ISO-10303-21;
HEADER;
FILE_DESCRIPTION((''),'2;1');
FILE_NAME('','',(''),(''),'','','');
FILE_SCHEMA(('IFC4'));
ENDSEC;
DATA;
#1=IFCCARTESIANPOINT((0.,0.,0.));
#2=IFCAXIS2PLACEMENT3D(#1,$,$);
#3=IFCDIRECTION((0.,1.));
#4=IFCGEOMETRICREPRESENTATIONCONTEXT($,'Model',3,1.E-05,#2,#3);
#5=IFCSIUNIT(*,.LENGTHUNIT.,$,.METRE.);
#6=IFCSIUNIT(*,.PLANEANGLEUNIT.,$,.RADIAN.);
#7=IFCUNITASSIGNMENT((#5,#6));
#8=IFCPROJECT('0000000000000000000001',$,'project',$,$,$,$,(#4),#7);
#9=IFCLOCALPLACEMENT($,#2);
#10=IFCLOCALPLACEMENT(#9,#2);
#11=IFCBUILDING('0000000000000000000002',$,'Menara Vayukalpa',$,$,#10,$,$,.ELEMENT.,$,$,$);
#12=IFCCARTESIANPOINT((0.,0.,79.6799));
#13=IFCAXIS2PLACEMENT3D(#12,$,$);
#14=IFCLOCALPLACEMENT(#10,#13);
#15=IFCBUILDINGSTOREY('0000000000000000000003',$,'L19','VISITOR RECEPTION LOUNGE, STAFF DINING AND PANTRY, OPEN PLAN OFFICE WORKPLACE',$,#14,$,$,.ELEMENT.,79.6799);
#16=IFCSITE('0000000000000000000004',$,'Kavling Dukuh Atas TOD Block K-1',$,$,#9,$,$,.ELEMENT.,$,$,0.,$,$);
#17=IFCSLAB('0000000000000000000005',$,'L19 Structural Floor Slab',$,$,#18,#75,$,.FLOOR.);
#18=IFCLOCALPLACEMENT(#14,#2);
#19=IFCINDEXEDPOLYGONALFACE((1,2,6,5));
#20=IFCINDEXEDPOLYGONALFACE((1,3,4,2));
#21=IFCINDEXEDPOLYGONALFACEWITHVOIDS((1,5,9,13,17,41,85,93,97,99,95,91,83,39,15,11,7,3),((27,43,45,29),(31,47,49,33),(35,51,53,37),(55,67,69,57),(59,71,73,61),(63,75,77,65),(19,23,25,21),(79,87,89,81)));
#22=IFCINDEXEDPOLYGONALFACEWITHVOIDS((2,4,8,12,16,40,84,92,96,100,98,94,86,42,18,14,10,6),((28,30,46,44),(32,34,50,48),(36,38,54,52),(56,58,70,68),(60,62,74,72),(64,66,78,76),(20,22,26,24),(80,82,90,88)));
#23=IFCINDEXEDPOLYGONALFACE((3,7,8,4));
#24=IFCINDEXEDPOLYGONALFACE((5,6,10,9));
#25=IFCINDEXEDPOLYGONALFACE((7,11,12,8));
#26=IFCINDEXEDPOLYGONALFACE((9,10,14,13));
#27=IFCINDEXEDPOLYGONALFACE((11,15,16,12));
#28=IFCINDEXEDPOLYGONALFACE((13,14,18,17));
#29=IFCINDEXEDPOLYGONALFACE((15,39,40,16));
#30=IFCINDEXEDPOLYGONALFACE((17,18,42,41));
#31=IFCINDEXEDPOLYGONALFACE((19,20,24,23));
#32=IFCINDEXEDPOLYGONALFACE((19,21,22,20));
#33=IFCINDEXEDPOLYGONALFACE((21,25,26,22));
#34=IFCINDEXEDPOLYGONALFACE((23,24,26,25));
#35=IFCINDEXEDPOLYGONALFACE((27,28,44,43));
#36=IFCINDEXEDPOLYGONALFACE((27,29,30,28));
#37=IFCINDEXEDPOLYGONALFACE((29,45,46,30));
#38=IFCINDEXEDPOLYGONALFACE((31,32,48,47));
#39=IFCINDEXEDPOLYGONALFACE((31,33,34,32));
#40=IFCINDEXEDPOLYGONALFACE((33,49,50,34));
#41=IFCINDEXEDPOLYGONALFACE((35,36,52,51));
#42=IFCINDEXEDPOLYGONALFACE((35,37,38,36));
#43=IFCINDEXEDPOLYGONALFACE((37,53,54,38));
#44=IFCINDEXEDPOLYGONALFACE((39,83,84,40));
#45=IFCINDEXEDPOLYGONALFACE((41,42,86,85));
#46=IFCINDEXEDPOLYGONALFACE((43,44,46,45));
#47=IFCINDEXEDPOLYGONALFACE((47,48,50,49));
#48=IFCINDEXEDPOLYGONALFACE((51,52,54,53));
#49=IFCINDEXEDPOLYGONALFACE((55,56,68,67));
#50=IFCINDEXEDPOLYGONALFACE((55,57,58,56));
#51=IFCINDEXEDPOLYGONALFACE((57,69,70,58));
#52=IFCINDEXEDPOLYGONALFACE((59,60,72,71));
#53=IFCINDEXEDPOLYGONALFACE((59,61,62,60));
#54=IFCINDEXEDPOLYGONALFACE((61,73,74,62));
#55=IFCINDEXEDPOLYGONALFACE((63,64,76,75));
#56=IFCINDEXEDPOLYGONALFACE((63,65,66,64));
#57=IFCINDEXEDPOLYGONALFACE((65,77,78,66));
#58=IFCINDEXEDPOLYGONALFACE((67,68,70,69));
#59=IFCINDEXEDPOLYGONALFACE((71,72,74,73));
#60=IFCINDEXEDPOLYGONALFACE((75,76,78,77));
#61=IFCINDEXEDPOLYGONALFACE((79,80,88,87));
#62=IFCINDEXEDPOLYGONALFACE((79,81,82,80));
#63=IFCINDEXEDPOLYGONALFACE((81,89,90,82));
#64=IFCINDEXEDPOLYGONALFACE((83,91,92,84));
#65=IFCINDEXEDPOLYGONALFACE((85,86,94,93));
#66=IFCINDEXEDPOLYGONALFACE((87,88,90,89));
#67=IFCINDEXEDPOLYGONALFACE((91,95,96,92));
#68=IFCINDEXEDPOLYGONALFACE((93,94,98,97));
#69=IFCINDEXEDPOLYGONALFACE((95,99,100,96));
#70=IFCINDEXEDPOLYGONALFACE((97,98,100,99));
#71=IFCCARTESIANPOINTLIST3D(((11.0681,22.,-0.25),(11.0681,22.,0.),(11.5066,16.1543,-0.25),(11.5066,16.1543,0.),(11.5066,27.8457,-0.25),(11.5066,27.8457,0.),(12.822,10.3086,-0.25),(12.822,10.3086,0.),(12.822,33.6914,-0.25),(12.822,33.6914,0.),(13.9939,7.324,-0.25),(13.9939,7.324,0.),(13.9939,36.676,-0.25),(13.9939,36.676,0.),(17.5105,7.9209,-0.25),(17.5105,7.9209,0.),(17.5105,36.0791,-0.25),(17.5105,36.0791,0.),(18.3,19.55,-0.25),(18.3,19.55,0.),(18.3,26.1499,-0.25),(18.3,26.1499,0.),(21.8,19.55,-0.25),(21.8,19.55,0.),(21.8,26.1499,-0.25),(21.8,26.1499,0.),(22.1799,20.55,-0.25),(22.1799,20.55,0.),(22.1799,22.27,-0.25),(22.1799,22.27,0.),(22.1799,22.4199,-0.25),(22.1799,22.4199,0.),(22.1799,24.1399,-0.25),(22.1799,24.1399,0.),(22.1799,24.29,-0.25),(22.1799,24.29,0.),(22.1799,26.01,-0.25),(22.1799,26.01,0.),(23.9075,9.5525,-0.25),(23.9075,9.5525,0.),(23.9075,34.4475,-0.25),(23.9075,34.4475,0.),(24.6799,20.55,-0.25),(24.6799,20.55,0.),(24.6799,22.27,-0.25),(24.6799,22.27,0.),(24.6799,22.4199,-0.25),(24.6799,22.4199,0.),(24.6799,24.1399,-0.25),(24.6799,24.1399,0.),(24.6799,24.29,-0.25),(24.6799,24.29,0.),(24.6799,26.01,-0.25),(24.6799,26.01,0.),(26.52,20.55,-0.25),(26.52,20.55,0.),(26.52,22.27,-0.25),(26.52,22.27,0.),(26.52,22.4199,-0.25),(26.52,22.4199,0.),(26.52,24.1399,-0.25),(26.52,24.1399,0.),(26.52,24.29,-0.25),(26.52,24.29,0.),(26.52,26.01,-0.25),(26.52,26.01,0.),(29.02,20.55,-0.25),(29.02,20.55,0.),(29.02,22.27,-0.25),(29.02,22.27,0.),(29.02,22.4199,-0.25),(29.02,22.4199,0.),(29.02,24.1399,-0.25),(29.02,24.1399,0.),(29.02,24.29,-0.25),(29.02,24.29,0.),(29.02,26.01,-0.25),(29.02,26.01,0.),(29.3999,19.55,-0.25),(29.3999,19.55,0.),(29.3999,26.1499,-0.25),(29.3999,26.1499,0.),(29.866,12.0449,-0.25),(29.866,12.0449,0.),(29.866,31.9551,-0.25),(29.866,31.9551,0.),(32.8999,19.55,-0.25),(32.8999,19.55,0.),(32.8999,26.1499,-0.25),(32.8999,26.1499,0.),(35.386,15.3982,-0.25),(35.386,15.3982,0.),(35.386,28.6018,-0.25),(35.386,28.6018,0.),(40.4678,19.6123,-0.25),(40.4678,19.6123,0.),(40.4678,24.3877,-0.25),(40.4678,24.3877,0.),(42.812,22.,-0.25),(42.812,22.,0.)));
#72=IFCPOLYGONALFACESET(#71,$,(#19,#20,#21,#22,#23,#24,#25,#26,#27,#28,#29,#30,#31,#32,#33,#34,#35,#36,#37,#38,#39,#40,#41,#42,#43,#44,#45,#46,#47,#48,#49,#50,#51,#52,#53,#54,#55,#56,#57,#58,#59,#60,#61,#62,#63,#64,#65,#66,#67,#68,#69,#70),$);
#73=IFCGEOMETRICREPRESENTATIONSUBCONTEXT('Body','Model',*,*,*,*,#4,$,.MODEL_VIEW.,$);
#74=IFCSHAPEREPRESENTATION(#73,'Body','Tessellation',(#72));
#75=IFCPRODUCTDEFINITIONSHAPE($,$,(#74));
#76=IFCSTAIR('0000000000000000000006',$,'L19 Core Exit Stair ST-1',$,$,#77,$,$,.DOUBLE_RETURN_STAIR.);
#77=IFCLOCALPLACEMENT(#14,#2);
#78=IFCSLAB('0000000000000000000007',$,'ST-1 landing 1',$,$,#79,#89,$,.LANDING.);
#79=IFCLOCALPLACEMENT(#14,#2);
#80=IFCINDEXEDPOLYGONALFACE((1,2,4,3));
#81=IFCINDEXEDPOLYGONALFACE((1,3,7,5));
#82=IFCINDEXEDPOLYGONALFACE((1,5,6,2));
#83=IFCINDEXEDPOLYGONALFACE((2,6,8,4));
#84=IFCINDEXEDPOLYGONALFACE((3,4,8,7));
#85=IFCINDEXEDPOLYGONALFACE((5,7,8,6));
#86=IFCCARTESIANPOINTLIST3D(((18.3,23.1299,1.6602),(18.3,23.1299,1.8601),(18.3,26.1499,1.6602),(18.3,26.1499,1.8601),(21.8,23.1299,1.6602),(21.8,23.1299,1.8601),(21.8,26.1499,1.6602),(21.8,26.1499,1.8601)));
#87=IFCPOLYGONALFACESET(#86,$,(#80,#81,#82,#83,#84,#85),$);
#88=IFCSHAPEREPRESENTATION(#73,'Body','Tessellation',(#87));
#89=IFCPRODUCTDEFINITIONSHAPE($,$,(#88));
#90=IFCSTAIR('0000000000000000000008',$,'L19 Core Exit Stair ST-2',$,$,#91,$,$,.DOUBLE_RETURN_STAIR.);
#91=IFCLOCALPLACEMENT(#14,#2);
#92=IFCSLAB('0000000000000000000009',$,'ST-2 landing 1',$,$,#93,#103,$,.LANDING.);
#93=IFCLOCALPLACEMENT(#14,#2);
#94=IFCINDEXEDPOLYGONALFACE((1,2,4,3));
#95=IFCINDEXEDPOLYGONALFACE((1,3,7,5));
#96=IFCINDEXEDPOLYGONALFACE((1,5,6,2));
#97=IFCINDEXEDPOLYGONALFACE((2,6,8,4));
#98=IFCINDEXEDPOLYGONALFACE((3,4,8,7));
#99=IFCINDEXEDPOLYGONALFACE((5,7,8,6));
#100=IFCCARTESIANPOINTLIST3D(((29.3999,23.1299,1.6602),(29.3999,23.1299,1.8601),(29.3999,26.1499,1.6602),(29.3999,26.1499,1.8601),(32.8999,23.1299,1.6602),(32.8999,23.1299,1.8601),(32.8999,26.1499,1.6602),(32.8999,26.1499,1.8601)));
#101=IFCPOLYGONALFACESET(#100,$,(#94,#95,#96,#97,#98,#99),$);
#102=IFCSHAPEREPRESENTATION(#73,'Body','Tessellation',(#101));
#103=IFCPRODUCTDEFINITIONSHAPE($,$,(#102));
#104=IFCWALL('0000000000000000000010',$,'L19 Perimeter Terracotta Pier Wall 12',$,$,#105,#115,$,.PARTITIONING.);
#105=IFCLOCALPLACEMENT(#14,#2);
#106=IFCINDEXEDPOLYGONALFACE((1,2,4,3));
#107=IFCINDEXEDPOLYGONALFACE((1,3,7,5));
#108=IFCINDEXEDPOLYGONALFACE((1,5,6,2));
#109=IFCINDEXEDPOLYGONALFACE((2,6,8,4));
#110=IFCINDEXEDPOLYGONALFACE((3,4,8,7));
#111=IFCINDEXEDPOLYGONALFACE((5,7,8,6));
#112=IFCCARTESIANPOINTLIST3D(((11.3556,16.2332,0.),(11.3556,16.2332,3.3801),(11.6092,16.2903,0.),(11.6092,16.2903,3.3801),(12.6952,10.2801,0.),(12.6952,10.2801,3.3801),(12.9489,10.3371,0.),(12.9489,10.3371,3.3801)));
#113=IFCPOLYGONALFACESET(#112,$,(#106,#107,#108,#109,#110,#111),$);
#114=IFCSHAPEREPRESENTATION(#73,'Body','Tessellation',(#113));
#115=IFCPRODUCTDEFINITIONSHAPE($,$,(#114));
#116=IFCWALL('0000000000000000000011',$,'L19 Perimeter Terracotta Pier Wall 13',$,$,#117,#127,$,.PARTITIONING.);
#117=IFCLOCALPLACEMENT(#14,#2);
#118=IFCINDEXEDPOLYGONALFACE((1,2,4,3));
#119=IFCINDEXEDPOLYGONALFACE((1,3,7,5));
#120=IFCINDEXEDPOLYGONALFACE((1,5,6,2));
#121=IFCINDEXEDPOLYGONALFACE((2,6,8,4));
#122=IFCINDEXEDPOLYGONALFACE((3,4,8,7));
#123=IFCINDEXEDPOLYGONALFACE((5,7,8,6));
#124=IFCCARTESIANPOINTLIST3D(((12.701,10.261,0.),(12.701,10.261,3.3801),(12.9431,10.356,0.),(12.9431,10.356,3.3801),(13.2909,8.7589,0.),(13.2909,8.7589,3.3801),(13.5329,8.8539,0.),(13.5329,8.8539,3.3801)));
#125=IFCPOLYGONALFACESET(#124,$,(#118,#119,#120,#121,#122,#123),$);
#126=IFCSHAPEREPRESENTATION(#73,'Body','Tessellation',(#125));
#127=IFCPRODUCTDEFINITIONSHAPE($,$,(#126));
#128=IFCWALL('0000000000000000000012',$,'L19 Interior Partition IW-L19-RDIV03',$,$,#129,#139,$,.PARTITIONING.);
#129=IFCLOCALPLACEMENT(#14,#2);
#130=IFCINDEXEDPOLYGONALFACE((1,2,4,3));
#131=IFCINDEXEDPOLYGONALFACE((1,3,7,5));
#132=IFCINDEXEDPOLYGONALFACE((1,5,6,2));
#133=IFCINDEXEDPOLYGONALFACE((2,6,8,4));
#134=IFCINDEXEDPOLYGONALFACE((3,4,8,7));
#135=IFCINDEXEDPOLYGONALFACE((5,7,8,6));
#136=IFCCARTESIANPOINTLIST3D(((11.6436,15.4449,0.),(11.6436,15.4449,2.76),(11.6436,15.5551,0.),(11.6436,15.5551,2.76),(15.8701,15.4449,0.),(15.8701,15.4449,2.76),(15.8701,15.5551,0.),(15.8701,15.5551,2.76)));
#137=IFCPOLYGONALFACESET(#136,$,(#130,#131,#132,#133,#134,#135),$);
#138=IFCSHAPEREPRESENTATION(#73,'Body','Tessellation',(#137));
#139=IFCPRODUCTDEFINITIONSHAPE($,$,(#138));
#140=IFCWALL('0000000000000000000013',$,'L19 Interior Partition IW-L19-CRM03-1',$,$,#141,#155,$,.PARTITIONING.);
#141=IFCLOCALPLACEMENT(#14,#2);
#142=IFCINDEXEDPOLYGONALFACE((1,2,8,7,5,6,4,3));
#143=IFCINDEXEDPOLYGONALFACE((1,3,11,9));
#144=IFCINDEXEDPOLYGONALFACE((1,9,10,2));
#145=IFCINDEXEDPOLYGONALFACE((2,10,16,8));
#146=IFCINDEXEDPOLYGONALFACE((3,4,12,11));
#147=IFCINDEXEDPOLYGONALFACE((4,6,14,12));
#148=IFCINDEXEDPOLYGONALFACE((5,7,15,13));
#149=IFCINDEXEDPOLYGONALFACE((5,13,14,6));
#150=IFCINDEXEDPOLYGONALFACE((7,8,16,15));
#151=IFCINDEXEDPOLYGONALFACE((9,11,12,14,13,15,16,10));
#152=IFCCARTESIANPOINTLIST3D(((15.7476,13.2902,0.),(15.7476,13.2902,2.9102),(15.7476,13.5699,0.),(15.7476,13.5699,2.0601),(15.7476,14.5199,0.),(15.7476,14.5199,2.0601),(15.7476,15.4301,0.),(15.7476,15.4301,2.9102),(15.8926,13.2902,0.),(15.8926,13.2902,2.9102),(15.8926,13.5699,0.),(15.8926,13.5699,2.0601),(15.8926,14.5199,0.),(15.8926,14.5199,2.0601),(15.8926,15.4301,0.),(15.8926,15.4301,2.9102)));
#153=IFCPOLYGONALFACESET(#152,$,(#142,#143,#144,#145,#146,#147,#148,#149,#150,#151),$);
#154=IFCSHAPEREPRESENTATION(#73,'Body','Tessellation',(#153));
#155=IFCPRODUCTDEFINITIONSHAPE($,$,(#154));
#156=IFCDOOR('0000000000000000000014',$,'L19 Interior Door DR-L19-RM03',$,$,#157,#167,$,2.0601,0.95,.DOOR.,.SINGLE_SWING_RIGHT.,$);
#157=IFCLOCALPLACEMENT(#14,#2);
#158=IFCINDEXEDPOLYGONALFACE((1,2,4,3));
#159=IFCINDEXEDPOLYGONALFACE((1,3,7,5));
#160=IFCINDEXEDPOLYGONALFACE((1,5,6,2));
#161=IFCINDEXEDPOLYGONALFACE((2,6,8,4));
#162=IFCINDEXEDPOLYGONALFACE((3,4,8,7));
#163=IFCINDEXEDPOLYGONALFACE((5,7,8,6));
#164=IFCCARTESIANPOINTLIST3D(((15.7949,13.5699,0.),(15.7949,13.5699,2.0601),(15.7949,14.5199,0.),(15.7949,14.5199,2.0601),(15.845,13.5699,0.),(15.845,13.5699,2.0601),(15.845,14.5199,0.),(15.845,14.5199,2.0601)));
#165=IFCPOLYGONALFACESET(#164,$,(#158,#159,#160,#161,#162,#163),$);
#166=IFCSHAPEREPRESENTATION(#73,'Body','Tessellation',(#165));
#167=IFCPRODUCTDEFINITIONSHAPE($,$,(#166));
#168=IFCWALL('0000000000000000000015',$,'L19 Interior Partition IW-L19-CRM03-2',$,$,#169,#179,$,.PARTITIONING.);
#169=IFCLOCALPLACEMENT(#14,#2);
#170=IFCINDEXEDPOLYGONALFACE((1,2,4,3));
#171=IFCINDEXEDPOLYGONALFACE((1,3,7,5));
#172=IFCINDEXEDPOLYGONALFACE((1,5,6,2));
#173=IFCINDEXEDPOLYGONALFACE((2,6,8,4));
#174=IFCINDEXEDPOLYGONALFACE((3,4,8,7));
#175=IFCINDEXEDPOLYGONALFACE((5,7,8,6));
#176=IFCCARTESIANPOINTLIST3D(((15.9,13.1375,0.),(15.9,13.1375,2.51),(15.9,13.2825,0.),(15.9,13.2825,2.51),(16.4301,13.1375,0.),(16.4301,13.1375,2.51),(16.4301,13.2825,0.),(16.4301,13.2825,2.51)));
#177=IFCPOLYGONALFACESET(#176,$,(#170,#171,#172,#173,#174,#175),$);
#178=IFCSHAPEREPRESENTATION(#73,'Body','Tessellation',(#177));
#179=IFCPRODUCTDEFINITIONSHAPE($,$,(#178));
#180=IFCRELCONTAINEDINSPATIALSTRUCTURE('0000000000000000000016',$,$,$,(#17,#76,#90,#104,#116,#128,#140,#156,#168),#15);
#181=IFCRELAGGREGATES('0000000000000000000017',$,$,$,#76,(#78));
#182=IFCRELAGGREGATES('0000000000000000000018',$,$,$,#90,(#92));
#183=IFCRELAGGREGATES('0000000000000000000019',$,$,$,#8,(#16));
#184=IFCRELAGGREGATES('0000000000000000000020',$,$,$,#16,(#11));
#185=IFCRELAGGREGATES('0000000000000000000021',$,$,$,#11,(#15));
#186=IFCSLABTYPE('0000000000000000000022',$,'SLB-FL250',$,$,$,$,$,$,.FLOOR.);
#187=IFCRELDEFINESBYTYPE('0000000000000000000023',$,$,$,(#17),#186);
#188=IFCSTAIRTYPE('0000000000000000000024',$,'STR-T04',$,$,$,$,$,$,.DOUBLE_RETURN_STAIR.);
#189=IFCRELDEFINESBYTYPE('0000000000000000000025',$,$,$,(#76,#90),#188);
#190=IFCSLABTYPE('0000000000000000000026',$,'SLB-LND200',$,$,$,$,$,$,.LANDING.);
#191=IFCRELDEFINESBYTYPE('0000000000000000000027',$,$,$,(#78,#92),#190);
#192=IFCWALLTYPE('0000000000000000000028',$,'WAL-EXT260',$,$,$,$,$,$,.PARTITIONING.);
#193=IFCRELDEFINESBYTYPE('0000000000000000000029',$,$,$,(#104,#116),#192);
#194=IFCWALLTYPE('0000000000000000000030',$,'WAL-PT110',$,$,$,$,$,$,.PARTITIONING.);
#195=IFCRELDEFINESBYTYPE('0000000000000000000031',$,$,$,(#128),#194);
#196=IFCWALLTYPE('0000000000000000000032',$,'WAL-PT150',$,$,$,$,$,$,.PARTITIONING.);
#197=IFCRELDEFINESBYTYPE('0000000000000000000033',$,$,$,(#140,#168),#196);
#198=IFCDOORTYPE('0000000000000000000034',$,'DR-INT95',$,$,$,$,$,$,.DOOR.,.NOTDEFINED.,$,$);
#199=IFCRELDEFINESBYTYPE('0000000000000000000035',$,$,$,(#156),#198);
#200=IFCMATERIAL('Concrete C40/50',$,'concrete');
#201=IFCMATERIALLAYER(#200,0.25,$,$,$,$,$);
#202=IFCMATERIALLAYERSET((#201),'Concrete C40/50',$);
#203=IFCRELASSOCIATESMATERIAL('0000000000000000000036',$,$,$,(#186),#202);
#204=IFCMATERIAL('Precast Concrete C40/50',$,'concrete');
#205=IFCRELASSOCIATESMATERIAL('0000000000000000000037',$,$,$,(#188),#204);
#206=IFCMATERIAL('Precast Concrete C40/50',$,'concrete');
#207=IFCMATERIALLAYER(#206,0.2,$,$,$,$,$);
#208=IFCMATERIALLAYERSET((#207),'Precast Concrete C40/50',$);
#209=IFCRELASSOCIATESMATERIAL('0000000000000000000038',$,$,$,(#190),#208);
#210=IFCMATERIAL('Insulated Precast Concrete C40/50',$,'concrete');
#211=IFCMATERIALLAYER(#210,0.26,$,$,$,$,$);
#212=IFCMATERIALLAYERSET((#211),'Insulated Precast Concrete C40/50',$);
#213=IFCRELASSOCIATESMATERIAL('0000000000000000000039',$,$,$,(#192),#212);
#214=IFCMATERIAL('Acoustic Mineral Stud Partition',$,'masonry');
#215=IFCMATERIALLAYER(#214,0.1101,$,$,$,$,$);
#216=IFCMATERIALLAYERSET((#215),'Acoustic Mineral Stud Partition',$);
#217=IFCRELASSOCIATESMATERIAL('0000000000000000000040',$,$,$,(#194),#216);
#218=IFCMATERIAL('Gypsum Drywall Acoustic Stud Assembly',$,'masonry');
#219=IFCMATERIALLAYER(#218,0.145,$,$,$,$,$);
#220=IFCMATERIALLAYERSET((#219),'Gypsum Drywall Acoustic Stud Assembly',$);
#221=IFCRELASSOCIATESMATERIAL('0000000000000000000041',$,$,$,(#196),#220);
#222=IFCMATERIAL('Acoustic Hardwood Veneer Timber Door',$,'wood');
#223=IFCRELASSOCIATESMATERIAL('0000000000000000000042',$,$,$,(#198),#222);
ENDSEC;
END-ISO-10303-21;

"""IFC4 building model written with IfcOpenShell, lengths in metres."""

from ifc_helpers import new_model, si_unit, direction, frame, frame_2d, origin, place, context, subcontext, project, spatial, polyline, rectangle, outline, extrude, material, layer, layer_set, type_object, element, fill, aggregate, save


model = new_model("IFC4")

# Units and contexts
model_context = context("Model", 3, precision=1e-05, world=origin(), true_north=direction((0.0, 1.0)))
body_context = subcontext(model_context, "Body", "Model", "MODEL_VIEW")
ifc_project = project(units=[si_unit("LENGTHUNIT", "METRE"), si_unit("PLANEANGLEUNIT", "RADIAN")], contexts=[model_context])

# Site, building, storey
site_placement = place(None, origin())
site = spatial("IfcSite", under=ifc_project, at=site_placement, Name="Kavling Dukuh Atas TOD Block K-1", CompositionType="ELEMENT", RefElevation=0.0)
building_placement = place(site_placement, origin())
building = spatial("IfcBuilding", under=site, at=building_placement, Name="Menara Vayukalpa", CompositionType="ELEMENT")
storey_placement = place(building_placement, frame((0.0, 0.0, 79.6799)))
storey = spatial("IfcBuildingStorey", under=building, at=storey_placement, Name="L19", Description="VISITOR RECEPTION LOUNGE, STAFF DINING AND PANTRY, OPEN PLAN OFFICE WORKPLACE", CompositionType="ELEMENT", Elevation=79.6799)

# Slab
ifc_material_1 = material(Name="Concrete C40/50", Category="concrete")
ifc_layer_1 = layer(ifc_material_1, 0.25)
ifc_layer_set_1 = layer_set([ifc_layer_1], Name="Concrete C40/50")
slab_type_1 = type_object("IfcSlabType", Name="SLB-FL250", PredefinedType="FLOOR", material=ifc_layer_set_1)
slab_1_placement = place(storey_placement, frame((0.0, 0.0, -0.25)))
element("IfcSlab", 1, at=slab_1_placement, inside=storey, type_object=slab_type_1, Name="L19 Structural Floor Slab", PredefinedType="FLOOR", context=body_context, shape_type="SweptSolid", body=[
    extrude(outline(polyline([(40.4678, 19.6123), (42.812, 22.0), (40.4678, 24.3877), (35.386, 28.6018), (29.866, 31.9551), (23.9075, 34.4475), (17.5105, 36.0791), (13.9939, 36.676), (12.822, 33.6914), (11.5066, 27.8457), (11.0681, 22.0), (11.5066, 16.1543), (12.822, 10.3086), (13.9939, 7.324), (17.5105, 7.9209), (23.9075, 9.5525), (29.866, 12.0449), (35.386, 15.3982), (40.4678, 19.6123)]), holes=[polyline([(21.8, 19.55), (21.8, 26.1499), (18.3, 26.1499), (18.3, 19.55), (21.8, 19.55)]), polyline([(32.8999, 19.55), (32.8999, 26.1499), (29.3999, 26.1499), (29.3999, 19.55), (32.8999, 19.55)]), polyline([(22.1799, 20.55), (24.6799, 20.55), (24.6799, 22.27), (22.1799, 22.27), (22.1799, 20.55)]), polyline([(26.52, 20.55), (29.02, 20.55), (29.02, 22.27), (26.52, 22.27), (26.52, 20.55)]), polyline([(22.1799, 22.4199), (24.6799, 22.4199), (24.6799, 24.1399), (22.1799, 24.1399), (22.1799, 22.4199)]), polyline([(22.1799, 24.29), (24.6799, 24.29), (24.6799, 26.01), (22.1799, 26.01), (22.1799, 24.29)]), polyline([(26.52, 24.29), (29.02, 24.29), (29.02, 26.01), (26.52, 26.01), (26.52, 24.29)]), polyline([(26.52, 22.4199), (29.02, 22.4199), (29.02, 24.1399), (26.52, 24.1399), (26.52, 22.4199)])]), origin(), (0.0, 0.0, 1.0), 0.25),
])

# Stairs, slabs
ifc_material_2 = material(Name="Precast Concrete C40/50", Category="concrete")
stair_type = type_object("IfcStairType", Name="STR-T04", PredefinedType="DOUBLE_RETURN_STAIR", material=ifc_material_2)
stair_1_placement = place(storey_placement, origin())
stair_1 = element("IfcStair", 2, at=stair_1_placement, inside=storey, type_object=stair_type, Name="L19 Core Exit Stair ST-1", PredefinedType="DOUBLE_RETURN_STAIR")
ifc_material_3 = material(Name="Precast Concrete C40/50", Category="concrete")
ifc_layer_2 = layer(ifc_material_3, 0.2)
ifc_layer_set_2 = layer_set([ifc_layer_2], Name="Precast Concrete C40/50")
slab_type_2 = type_object("IfcSlabType", Name="SLB-LND200", PredefinedType="LANDING", material=ifc_layer_set_2)
slab_2_placement = place(storey_placement, frame((0.0, 0.0, 1.6602)))
slab_2 = element("IfcSlab", 3, at=slab_2_placement, type_object=slab_type_2, Name="ST-1 landing 1", PredefinedType="LANDING", context=body_context, shape_type="SweptSolid", body=[
    extrude(outline(polyline([(21.8, 23.1299), (21.8, 26.1499), (18.3, 26.1499), (18.3, 23.1299), (21.8, 23.1299)])), origin(), (0.0, 0.0, 1.0), 0.2),
])
aggregate(stair_1, [slab_2])
stair_2_placement = place(storey_placement, origin())
stair_2 = element("IfcStair", 4, at=stair_2_placement, inside=storey, type_object=stair_type, Name="L19 Core Exit Stair ST-2", PredefinedType="DOUBLE_RETURN_STAIR")
slab_3_placement = place(storey_placement, frame((0.0, 0.0, 1.6602)))
slab_3 = element("IfcSlab", 5, at=slab_3_placement, type_object=slab_type_2, Name="ST-2 landing 1", PredefinedType="LANDING", context=body_context, shape_type="SweptSolid", body=[
    extrude(outline(polyline([(32.8999, 23.1299), (32.8999, 26.1499), (29.3999, 26.1499), (29.3999, 23.1299), (32.8999, 23.1299)])), origin(), (0.0, 0.0, 1.0), 0.2),
])
aggregate(stair_2, [slab_3])

# Walls
ifc_material_4 = material(Name="Insulated Precast Concrete C40/50", Category="concrete")
ifc_layer_3 = layer(ifc_material_4, 0.26)
ifc_layer_set_3 = layer_set([ifc_layer_3], Name="Insulated Precast Concrete C40/50")
wall_type_1 = type_object("IfcWallType", Name="WAL-EXT260", PredefinedType="PARTITIONING", material=ifc_layer_set_3)
wall_1_placement = place(storey_placement, frame((12.822, 10.3086, 0.0), z_axis=(0.0, 0.0, 1.0), x_axis=(-0.219535, 0.975605, 0.0)))
element("IfcWall", 6, at=wall_1_placement, inside=storey, type_object=wall_type_1, Name="L19 Perimeter Terracotta Pier Wall 12", PredefinedType="PARTITIONING", context=body_context, shape_type="SweptSolid", body=[
    extrude(rectangle(XDim=6.1021, YDim=0.26, at=frame_2d((3.051, 0.0))), origin(), (0.0, 0.0, 1.0), 3.3801),
])
wall_2_placement = place(storey_placement, frame((13.4119, 8.8064, 0.0), z_axis=(0.0, 0.0, 1.0), x_axis=(-0.365489, 0.930816, 0.0)))
element("IfcWall", 7, at=wall_2_placement, inside=storey, type_object=wall_type_1, Name="L19 Perimeter Terracotta Pier Wall 13", PredefinedType="PARTITIONING", context=body_context, shape_type="SweptSolid", body=[
    extrude(rectangle(XDim=1.6138, YDim=0.26, at=frame_2d((0.8069, 0.0))), origin(), (0.0, 0.0, 1.0), 3.3801),
])
ifc_material_5 = material(Name="Acoustic Mineral Stud Partition", Category="masonry")
ifc_layer_4 = layer(ifc_material_5, 0.1101)
ifc_layer_set_4 = layer_set([ifc_layer_4], Name="Acoustic Mineral Stud Partition")
wall_type_2 = type_object("IfcWallType", Name="WAL-PT110", PredefinedType="PARTITIONING", material=ifc_layer_set_4)
wall_3_placement = place(storey_placement, frame((11.6436, 15.5, 0.0), z_axis=(0.0, 0.0, 1.0), x_axis=(1.0, 0.0, 0.0)))
element("IfcWall", 8, at=wall_3_placement, inside=storey, type_object=wall_type_2, Name="L19 Interior Partition IW-L19-RDIV03", PredefinedType="PARTITIONING", context=body_context, shape_type="SweptSolid", body=[
    extrude(rectangle(XDim=4.2266, YDim=0.1101, at=frame_2d((2.1133, 0.0))), origin(), (0.0, 0.0, 1.0), 2.76),
])

# Wall, opening, door
ifc_material_6 = material(Name="Gypsum Drywall Acoustic Stud Assembly", Category="masonry")
ifc_layer_5 = layer(ifc_material_6, 0.145)
ifc_layer_set_5 = layer_set([ifc_layer_5], Name="Gypsum Drywall Acoustic Stud Assembly")
wall_type_3 = type_object("IfcWallType", Name="WAL-PT150", PredefinedType="PARTITIONING", material=ifc_layer_set_5)
wall_4_placement = place(storey_placement, frame((15.8201, 15.4299, 0.0), z_axis=(0.0, 0.0, 1.0), x_axis=(0.0, -1.0, 0.0)))
wall_4 = element("IfcWall", 9, at=wall_4_placement, inside=storey, type_object=wall_type_3, Name="L19 Interior Partition IW-L19-CRM03-1", PredefinedType="PARTITIONING", context=body_context, shape_type="SweptSolid", body=[
    extrude(rectangle(XDim=2.1399, YDim=0.145, at=frame_2d((1.0698, 0.0))), origin(), (0.0, 0.0, 1.0), 2.9102),
])
opening_placement = place(wall_4_placement, frame((0.9099, 0.0, 0.0)))
opening = element("IfcOpeningElement", 10, at=opening_placement, cuts=wall_4, PredefinedType="OPENING", context=body_context, shape_type="SweptSolid", body=[
    extrude(rectangle(XDim=0.95, YDim=2.0601, at=frame_2d((0.4751, 1.03))), frame((0.0, 0.0825, 0.0), z_axis=(0.0, -1.0, 0.0), x_axis=(1.0, 0.0, 0.0)), (0.0, 0.0, 1.0), 0.165),
])
ifc_material_7 = material(Name="Acoustic Hardwood Veneer Timber Door", Category="wood")
door_type = type_object("IfcDoorType", Name="DR-INT95", OperationType="NOTDEFINED", PredefinedType="DOOR", material=ifc_material_7)
door_placement = place(opening_placement, origin())
door = element("IfcDoor", 11, at=door_placement, inside=storey, type_object=door_type, Name="L19 Interior Door DR-L19-RM03", OperationType="SINGLE_SWING_RIGHT", OverallHeight=2.0601, OverallWidth=0.95, PredefinedType="DOOR", context=body_context, shape_type="SweptSolid", body=[
    extrude(rectangle(XDim=0.95, YDim=2.0601, at=frame_2d((0.4751, 1.03))), frame((0.0, 0.0249, 0.0), z_axis=(0.0, -1.0, 0.0), x_axis=(1.0, 0.0, 0.0)), (0.0, 0.0, 1.0), 0.05),
])
fill(opening, door)

# Wall
wall_5_placement = place(storey_placement, frame((15.8999, 13.21, 0.0), z_axis=(0.0, 0.0, 1.0), x_axis=(1.0, 0.0, 0.0)))
element("IfcWall", 12, at=wall_5_placement, inside=storey, type_object=wall_type_3, Name="L19 Interior Partition IW-L19-CRM03-2", PredefinedType="PARTITIONING", context=body_context, shape_type="SweptSolid", body=[
    extrude(rectangle(XDim=0.53, YDim=0.145, at=frame_2d((0.2651, 0.0))), origin(), (0.0, 0.0, 1.0), 2.51),
])

save(model, "model.ifc")
